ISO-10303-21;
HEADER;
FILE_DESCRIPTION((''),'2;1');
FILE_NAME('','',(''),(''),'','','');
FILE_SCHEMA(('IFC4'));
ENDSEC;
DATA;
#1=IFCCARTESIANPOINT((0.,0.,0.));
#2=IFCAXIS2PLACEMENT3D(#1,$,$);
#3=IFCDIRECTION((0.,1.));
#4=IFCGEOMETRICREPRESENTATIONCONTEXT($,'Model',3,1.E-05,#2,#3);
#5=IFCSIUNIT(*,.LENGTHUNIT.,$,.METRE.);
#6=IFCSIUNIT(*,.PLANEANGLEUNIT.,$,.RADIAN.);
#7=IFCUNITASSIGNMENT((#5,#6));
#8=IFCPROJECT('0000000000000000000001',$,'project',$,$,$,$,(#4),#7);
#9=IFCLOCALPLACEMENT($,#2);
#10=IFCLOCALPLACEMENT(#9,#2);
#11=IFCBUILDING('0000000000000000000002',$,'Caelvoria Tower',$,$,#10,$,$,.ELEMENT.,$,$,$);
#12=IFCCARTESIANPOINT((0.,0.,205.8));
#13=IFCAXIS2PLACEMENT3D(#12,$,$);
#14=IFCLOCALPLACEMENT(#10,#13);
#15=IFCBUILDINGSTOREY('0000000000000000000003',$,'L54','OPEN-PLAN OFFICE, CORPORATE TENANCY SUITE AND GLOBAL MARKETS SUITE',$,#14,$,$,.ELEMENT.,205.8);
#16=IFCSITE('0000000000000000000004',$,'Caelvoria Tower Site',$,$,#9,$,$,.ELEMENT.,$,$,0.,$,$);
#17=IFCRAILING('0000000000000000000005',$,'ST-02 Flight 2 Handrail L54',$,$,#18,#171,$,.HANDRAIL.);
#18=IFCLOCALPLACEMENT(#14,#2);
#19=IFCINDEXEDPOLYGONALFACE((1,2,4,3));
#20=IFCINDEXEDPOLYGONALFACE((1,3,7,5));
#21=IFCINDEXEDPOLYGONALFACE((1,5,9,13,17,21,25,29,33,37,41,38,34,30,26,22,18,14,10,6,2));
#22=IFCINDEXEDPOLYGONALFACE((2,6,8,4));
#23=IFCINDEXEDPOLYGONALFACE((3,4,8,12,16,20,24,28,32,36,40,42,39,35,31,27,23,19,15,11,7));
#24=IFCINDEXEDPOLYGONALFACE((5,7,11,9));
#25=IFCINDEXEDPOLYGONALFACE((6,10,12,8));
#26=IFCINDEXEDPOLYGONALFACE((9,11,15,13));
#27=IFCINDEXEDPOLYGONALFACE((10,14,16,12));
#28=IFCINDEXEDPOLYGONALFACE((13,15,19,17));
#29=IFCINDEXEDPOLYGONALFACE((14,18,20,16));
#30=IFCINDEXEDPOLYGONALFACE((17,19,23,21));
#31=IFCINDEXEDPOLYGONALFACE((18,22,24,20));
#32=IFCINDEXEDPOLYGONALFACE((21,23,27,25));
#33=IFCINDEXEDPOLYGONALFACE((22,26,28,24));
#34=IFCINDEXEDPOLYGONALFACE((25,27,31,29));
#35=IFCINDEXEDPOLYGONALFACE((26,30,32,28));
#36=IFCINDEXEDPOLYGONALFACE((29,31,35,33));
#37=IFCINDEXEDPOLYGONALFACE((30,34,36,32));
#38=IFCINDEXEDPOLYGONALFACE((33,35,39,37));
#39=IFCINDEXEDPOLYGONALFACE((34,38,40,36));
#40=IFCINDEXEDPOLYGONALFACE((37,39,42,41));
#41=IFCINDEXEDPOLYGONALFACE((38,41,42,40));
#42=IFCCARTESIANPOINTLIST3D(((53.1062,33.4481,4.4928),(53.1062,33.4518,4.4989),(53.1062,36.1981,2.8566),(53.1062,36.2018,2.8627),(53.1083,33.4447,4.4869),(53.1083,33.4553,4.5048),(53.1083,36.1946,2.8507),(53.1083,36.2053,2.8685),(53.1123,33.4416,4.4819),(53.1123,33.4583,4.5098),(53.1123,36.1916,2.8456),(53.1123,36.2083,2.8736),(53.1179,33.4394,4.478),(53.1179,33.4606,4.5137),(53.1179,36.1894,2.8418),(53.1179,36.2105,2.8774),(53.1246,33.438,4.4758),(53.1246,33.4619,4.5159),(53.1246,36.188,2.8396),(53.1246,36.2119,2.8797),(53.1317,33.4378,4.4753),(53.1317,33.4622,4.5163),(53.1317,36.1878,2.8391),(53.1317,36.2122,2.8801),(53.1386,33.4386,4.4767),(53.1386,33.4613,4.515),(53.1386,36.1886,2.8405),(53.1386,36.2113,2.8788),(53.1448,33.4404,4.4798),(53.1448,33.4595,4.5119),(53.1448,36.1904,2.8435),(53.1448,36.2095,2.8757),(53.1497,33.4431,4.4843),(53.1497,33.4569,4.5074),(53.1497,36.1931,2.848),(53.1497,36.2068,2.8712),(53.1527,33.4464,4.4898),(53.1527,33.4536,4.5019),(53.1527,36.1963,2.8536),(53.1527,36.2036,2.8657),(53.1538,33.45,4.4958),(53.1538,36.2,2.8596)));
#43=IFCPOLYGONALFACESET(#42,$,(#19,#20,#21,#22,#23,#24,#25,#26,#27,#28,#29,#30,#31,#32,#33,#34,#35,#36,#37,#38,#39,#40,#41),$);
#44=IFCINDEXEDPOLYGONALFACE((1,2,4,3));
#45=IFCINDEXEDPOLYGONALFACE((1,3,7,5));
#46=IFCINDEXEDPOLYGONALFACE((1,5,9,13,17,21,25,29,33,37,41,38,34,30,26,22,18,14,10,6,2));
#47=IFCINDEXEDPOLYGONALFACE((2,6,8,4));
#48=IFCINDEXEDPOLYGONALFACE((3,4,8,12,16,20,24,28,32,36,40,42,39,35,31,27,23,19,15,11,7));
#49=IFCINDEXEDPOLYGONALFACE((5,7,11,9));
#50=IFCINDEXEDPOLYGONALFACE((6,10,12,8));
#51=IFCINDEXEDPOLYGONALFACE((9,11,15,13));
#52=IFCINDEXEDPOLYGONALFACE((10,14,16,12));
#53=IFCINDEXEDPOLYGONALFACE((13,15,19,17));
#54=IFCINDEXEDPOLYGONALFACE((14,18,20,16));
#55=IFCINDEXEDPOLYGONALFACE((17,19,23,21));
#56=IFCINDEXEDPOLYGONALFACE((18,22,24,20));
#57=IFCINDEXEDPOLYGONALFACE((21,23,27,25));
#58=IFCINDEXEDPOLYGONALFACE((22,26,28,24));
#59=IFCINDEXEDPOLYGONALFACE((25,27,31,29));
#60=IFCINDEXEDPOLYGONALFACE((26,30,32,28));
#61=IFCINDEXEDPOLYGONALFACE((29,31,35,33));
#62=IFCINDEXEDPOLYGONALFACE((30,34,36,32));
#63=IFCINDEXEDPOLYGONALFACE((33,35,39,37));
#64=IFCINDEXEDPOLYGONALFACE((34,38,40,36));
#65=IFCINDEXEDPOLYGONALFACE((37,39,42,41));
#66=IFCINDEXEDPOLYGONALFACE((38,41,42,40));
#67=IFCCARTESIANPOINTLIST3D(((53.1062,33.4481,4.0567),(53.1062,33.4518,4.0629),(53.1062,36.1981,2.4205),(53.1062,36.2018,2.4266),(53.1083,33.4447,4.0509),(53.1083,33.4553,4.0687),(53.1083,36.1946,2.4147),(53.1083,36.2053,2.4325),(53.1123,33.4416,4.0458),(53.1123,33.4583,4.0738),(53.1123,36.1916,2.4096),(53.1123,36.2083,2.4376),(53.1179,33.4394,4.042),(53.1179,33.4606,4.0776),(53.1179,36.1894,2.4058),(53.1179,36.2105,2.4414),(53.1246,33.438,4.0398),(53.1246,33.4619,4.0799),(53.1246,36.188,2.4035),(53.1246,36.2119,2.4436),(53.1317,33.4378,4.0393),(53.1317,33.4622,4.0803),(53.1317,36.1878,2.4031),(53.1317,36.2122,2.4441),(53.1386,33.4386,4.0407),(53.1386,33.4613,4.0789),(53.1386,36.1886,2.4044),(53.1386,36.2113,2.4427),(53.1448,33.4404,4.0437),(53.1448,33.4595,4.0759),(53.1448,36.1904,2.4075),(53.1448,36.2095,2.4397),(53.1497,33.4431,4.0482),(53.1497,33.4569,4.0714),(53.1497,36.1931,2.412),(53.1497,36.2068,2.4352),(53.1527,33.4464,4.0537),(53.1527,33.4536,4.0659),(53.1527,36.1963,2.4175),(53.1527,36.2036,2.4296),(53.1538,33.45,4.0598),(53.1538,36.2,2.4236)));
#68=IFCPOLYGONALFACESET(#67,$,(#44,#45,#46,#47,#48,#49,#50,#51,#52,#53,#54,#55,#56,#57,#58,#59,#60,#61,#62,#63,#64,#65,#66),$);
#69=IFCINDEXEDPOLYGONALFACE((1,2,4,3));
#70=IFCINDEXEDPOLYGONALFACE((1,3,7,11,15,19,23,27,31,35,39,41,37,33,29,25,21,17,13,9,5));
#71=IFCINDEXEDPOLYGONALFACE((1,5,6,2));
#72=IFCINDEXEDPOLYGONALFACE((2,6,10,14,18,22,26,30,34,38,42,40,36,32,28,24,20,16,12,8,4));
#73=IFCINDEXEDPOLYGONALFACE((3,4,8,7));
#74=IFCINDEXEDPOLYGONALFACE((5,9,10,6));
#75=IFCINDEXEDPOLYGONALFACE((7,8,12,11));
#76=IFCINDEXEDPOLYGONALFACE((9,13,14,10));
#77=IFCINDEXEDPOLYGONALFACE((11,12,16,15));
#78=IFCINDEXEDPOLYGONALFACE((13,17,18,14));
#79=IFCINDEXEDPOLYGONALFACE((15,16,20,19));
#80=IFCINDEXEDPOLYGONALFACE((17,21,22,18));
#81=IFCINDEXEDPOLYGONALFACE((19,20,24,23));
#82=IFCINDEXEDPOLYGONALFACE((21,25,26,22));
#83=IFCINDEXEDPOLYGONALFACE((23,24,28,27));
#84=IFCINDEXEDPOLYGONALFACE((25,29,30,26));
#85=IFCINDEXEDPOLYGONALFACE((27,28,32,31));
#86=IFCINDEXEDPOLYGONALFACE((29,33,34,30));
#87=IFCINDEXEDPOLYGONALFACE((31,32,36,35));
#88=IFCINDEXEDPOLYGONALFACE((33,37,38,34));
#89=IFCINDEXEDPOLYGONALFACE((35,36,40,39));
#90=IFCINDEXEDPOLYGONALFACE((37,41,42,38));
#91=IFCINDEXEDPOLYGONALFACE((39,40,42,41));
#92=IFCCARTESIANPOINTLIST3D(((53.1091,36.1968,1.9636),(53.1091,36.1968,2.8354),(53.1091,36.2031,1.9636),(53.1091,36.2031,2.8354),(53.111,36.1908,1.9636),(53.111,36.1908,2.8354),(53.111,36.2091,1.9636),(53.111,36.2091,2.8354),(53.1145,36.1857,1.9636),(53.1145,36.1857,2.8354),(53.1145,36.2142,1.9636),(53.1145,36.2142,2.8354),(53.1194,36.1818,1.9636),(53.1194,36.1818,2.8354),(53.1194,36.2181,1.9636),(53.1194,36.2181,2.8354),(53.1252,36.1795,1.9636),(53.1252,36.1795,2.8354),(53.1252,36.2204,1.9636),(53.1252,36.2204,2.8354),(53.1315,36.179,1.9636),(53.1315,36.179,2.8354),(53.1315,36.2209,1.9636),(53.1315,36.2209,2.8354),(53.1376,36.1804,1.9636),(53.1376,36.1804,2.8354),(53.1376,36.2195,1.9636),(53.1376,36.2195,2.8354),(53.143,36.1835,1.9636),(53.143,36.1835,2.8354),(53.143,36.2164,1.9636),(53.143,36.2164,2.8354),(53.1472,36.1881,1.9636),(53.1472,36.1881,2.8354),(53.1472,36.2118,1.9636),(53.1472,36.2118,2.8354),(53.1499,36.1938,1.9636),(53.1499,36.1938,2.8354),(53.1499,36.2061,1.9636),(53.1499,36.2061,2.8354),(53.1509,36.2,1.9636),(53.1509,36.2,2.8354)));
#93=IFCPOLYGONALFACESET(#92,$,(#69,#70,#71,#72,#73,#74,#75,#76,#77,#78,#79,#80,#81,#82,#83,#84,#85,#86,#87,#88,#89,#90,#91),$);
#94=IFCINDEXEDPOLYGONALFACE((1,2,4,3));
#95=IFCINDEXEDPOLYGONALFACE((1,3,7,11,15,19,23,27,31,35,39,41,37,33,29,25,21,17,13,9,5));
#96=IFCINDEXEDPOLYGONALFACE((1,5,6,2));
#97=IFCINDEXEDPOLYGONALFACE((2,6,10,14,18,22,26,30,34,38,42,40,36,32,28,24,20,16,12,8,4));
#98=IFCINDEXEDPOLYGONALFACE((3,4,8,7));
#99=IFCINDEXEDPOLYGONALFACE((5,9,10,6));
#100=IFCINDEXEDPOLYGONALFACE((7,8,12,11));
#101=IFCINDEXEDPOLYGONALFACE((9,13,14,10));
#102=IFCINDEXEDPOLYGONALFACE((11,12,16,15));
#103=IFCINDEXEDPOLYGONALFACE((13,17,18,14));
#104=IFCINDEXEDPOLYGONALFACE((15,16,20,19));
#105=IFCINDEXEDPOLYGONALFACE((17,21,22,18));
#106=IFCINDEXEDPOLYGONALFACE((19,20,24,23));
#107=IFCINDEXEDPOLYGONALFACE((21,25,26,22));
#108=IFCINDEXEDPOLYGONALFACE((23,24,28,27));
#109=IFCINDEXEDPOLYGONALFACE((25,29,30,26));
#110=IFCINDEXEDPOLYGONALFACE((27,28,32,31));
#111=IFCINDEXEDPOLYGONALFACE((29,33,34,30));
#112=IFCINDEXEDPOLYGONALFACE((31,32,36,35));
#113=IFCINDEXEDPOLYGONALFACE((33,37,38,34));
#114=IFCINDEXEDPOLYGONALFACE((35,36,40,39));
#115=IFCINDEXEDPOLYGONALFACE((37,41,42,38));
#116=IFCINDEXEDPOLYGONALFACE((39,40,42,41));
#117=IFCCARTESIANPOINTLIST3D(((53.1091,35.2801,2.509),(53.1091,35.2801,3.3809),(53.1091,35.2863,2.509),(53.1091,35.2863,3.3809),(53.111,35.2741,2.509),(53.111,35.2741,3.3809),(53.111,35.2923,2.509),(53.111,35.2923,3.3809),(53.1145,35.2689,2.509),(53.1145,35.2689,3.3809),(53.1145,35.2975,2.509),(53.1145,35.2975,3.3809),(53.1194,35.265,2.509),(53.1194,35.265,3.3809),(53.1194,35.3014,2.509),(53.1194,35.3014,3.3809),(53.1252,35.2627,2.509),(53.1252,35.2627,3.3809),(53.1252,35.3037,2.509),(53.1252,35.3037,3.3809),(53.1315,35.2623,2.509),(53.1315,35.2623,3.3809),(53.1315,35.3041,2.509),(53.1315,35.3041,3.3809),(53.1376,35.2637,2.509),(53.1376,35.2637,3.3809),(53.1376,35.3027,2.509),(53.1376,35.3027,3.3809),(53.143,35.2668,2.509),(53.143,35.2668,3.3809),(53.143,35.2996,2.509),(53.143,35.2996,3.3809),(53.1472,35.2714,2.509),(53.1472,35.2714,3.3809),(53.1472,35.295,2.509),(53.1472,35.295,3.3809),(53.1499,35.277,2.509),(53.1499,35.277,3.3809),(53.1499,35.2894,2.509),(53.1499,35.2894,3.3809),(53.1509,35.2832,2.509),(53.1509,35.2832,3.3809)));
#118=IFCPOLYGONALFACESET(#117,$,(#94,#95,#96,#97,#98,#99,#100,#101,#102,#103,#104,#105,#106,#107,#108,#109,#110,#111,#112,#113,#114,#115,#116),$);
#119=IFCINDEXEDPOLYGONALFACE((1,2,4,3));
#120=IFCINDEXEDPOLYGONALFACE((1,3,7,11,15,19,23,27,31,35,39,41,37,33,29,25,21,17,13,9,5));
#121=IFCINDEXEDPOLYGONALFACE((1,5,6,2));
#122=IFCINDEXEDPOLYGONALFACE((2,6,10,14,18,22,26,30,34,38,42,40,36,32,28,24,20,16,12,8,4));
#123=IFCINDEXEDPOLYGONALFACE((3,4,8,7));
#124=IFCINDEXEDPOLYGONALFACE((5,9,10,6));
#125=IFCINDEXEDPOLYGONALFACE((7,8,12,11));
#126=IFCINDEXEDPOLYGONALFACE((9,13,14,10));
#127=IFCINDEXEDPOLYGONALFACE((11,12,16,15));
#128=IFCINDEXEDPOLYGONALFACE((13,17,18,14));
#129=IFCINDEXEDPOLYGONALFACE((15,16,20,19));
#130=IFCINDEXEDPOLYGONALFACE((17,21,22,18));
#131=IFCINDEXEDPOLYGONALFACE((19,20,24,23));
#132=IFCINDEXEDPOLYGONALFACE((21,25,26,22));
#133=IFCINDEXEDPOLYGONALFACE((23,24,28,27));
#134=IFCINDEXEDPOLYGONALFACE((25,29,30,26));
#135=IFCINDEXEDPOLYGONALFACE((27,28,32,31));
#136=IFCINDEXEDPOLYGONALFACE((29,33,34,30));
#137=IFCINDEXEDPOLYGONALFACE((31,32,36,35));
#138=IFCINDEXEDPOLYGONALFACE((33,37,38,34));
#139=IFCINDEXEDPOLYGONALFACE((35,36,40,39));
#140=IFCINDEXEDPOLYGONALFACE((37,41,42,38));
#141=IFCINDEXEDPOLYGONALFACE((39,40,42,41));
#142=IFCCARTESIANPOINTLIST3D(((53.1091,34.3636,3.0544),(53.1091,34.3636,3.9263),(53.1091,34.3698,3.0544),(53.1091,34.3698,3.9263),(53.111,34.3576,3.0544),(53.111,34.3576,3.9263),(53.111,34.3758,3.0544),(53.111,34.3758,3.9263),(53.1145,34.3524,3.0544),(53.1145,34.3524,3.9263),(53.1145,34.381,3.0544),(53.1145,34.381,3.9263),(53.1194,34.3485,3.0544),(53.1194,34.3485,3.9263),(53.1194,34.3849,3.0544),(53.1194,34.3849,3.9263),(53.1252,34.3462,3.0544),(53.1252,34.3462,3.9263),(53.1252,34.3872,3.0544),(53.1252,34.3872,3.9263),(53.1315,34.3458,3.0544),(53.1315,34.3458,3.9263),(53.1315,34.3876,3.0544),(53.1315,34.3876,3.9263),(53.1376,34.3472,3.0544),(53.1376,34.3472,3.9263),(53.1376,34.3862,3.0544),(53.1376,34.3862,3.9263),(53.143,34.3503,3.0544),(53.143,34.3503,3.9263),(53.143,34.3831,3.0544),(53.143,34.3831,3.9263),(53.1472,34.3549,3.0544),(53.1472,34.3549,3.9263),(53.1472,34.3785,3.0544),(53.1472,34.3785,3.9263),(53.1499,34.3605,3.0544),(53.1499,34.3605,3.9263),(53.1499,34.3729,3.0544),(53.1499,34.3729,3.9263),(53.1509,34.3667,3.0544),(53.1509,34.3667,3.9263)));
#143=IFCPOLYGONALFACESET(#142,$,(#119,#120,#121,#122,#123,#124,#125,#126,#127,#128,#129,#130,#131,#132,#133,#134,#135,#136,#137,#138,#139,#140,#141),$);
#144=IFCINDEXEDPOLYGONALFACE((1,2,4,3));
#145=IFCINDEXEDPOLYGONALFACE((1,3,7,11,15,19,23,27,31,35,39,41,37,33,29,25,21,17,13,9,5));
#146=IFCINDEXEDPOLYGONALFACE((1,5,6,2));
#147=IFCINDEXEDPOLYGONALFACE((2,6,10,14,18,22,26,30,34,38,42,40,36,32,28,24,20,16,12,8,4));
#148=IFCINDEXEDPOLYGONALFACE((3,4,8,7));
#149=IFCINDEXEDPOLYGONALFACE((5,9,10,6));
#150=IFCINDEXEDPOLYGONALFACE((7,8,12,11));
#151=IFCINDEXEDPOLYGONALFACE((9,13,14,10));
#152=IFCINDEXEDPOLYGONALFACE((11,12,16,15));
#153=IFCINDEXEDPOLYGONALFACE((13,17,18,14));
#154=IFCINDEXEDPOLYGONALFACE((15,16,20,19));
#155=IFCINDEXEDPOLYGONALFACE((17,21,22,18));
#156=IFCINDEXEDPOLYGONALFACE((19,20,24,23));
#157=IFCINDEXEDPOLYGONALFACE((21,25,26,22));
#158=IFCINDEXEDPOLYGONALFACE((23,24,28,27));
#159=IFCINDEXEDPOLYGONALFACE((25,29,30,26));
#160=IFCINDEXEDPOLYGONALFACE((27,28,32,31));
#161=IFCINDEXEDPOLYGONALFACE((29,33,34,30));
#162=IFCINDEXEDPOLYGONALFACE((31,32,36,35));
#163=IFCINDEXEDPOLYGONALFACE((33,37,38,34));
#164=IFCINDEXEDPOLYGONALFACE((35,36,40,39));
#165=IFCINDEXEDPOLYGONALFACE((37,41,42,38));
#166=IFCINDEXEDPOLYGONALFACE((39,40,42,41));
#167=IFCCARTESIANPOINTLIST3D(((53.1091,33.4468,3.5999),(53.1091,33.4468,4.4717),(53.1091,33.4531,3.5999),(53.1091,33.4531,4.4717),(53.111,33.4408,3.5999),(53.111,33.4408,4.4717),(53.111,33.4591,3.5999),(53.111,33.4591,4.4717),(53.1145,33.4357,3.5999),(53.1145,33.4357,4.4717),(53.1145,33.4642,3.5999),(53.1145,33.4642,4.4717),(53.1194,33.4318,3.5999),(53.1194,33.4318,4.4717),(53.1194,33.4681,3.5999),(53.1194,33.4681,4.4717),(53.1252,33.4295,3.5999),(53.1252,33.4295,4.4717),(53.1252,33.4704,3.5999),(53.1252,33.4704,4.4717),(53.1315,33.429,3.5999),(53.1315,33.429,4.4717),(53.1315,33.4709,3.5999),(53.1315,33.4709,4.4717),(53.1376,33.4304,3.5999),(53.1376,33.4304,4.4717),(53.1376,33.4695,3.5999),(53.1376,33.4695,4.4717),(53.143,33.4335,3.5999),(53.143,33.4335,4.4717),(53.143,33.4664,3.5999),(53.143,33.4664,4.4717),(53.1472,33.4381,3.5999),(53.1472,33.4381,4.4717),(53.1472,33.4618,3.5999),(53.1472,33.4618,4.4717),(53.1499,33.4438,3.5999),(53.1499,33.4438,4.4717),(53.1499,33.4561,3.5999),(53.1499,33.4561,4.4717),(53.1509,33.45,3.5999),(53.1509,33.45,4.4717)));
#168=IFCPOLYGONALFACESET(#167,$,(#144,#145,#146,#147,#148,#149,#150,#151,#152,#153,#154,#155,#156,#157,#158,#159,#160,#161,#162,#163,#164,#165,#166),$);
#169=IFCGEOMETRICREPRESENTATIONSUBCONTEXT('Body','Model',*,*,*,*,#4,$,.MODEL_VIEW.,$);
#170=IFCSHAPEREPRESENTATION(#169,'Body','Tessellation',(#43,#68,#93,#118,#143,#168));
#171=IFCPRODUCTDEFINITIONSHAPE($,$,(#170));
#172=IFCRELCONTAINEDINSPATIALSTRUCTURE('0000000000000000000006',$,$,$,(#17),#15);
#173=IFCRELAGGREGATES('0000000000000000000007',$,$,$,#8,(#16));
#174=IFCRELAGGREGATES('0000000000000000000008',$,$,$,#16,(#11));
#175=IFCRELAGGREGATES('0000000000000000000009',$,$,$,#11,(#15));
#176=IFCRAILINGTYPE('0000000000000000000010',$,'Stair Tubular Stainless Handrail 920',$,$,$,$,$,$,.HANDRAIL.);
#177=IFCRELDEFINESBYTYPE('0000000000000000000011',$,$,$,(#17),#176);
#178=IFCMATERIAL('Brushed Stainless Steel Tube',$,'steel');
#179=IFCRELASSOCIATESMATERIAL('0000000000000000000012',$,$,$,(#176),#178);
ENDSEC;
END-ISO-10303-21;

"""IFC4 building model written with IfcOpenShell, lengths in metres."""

from ifc_helpers import new_model, si_unit, direction, frame, origin, origin_2d, place, context, subcontext, project, spatial, circle, extrude, material, type_object, element, save


model = new_model("IFC4")

# Units and contexts
model_context = context("Model", 3, precision=1e-05, world=origin(), true_north=direction((0.0, 1.0)))
body_context = subcontext(model_context, "Body", "Model", "MODEL_VIEW")
ifc_project = project(units=[si_unit("LENGTHUNIT", "METRE"), si_unit("PLANEANGLEUNIT", "RADIAN")], contexts=[model_context])

# Site, building, storey
site_placement = place(None, origin())
site = spatial("IfcSite", under=ifc_project, at=site_placement, Name="Caelvoria Tower Site", CompositionType="ELEMENT", RefElevation=0.0)
building_placement = place(site_placement, origin())
building = spatial("IfcBuilding", under=site, at=building_placement, Name="Caelvoria Tower", CompositionType="ELEMENT")
storey_placement = place(building_placement, frame((0.0, 0.0, 205.8)))
storey = spatial("IfcBuildingStorey", under=building, at=storey_placement, Name="L54", Description="OPEN-PLAN OFFICE, CORPORATE TENANCY SUITE AND GLOBAL MARKETS SUITE", CompositionType="ELEMENT", Elevation=205.8)

# Railing
ifc_material_1 = material(Name="Brushed Stainless Steel Tube", Category="steel")
railing_type_1 = type_object("IfcRailingType", Name="Stair Tubular Stainless Handrail 920", PredefinedType="HANDRAIL", material=ifc_material_1)
railing_1_placement = place(storey_placement, frame((53.1299, 36.2, 1.9636)))
element("IfcRailing", 1, at=railing_1_placement, inside=storey, type_object=railing_type_1, Name="ST-02 Flight 2 Handrail L54", PredefinedType="HANDRAIL", context=body_context, shape_type="SweptSolid", body=[
    extrude(circle(Radius=0.0239, at=origin_2d()), frame((0.0, 0.0, 0.896), z_axis=(0.0, -0.859385, 0.511328), x_axis=(1.0, 0.0, 0.0)), (0.0, 0.0, 1.0), 3.2),
    extrude(circle(Radius=0.0239, at=origin_2d()), frame((0.0, 0.0, 0.46), z_axis=(0.0, -0.859385, 0.511328), x_axis=(1.0, 0.0, 0.0)), (0.0, 0.0, 1.0), 3.2),
    extrude(circle(Radius=0.021, at=origin_2d()), origin(), (0.0, 0.0, 1.0), 0.8718),
    extrude(circle(Radius=0.021, at=origin_2d()), frame((0.0, -0.9167, 0.5454)), (0.0, 0.0, 1.0), 0.8718),
    extrude(circle(Radius=0.021, at=origin_2d()), frame((0.0, -1.8333, 1.0908)), (0.0, 0.0, 1.0), 0.8718),
    extrude(circle(Radius=0.021, at=origin_2d()), frame((0.0, -2.75, 1.6362)), (0.0, 0.0, 1.0), 0.8718),
])

save(model, "model.ifc")
